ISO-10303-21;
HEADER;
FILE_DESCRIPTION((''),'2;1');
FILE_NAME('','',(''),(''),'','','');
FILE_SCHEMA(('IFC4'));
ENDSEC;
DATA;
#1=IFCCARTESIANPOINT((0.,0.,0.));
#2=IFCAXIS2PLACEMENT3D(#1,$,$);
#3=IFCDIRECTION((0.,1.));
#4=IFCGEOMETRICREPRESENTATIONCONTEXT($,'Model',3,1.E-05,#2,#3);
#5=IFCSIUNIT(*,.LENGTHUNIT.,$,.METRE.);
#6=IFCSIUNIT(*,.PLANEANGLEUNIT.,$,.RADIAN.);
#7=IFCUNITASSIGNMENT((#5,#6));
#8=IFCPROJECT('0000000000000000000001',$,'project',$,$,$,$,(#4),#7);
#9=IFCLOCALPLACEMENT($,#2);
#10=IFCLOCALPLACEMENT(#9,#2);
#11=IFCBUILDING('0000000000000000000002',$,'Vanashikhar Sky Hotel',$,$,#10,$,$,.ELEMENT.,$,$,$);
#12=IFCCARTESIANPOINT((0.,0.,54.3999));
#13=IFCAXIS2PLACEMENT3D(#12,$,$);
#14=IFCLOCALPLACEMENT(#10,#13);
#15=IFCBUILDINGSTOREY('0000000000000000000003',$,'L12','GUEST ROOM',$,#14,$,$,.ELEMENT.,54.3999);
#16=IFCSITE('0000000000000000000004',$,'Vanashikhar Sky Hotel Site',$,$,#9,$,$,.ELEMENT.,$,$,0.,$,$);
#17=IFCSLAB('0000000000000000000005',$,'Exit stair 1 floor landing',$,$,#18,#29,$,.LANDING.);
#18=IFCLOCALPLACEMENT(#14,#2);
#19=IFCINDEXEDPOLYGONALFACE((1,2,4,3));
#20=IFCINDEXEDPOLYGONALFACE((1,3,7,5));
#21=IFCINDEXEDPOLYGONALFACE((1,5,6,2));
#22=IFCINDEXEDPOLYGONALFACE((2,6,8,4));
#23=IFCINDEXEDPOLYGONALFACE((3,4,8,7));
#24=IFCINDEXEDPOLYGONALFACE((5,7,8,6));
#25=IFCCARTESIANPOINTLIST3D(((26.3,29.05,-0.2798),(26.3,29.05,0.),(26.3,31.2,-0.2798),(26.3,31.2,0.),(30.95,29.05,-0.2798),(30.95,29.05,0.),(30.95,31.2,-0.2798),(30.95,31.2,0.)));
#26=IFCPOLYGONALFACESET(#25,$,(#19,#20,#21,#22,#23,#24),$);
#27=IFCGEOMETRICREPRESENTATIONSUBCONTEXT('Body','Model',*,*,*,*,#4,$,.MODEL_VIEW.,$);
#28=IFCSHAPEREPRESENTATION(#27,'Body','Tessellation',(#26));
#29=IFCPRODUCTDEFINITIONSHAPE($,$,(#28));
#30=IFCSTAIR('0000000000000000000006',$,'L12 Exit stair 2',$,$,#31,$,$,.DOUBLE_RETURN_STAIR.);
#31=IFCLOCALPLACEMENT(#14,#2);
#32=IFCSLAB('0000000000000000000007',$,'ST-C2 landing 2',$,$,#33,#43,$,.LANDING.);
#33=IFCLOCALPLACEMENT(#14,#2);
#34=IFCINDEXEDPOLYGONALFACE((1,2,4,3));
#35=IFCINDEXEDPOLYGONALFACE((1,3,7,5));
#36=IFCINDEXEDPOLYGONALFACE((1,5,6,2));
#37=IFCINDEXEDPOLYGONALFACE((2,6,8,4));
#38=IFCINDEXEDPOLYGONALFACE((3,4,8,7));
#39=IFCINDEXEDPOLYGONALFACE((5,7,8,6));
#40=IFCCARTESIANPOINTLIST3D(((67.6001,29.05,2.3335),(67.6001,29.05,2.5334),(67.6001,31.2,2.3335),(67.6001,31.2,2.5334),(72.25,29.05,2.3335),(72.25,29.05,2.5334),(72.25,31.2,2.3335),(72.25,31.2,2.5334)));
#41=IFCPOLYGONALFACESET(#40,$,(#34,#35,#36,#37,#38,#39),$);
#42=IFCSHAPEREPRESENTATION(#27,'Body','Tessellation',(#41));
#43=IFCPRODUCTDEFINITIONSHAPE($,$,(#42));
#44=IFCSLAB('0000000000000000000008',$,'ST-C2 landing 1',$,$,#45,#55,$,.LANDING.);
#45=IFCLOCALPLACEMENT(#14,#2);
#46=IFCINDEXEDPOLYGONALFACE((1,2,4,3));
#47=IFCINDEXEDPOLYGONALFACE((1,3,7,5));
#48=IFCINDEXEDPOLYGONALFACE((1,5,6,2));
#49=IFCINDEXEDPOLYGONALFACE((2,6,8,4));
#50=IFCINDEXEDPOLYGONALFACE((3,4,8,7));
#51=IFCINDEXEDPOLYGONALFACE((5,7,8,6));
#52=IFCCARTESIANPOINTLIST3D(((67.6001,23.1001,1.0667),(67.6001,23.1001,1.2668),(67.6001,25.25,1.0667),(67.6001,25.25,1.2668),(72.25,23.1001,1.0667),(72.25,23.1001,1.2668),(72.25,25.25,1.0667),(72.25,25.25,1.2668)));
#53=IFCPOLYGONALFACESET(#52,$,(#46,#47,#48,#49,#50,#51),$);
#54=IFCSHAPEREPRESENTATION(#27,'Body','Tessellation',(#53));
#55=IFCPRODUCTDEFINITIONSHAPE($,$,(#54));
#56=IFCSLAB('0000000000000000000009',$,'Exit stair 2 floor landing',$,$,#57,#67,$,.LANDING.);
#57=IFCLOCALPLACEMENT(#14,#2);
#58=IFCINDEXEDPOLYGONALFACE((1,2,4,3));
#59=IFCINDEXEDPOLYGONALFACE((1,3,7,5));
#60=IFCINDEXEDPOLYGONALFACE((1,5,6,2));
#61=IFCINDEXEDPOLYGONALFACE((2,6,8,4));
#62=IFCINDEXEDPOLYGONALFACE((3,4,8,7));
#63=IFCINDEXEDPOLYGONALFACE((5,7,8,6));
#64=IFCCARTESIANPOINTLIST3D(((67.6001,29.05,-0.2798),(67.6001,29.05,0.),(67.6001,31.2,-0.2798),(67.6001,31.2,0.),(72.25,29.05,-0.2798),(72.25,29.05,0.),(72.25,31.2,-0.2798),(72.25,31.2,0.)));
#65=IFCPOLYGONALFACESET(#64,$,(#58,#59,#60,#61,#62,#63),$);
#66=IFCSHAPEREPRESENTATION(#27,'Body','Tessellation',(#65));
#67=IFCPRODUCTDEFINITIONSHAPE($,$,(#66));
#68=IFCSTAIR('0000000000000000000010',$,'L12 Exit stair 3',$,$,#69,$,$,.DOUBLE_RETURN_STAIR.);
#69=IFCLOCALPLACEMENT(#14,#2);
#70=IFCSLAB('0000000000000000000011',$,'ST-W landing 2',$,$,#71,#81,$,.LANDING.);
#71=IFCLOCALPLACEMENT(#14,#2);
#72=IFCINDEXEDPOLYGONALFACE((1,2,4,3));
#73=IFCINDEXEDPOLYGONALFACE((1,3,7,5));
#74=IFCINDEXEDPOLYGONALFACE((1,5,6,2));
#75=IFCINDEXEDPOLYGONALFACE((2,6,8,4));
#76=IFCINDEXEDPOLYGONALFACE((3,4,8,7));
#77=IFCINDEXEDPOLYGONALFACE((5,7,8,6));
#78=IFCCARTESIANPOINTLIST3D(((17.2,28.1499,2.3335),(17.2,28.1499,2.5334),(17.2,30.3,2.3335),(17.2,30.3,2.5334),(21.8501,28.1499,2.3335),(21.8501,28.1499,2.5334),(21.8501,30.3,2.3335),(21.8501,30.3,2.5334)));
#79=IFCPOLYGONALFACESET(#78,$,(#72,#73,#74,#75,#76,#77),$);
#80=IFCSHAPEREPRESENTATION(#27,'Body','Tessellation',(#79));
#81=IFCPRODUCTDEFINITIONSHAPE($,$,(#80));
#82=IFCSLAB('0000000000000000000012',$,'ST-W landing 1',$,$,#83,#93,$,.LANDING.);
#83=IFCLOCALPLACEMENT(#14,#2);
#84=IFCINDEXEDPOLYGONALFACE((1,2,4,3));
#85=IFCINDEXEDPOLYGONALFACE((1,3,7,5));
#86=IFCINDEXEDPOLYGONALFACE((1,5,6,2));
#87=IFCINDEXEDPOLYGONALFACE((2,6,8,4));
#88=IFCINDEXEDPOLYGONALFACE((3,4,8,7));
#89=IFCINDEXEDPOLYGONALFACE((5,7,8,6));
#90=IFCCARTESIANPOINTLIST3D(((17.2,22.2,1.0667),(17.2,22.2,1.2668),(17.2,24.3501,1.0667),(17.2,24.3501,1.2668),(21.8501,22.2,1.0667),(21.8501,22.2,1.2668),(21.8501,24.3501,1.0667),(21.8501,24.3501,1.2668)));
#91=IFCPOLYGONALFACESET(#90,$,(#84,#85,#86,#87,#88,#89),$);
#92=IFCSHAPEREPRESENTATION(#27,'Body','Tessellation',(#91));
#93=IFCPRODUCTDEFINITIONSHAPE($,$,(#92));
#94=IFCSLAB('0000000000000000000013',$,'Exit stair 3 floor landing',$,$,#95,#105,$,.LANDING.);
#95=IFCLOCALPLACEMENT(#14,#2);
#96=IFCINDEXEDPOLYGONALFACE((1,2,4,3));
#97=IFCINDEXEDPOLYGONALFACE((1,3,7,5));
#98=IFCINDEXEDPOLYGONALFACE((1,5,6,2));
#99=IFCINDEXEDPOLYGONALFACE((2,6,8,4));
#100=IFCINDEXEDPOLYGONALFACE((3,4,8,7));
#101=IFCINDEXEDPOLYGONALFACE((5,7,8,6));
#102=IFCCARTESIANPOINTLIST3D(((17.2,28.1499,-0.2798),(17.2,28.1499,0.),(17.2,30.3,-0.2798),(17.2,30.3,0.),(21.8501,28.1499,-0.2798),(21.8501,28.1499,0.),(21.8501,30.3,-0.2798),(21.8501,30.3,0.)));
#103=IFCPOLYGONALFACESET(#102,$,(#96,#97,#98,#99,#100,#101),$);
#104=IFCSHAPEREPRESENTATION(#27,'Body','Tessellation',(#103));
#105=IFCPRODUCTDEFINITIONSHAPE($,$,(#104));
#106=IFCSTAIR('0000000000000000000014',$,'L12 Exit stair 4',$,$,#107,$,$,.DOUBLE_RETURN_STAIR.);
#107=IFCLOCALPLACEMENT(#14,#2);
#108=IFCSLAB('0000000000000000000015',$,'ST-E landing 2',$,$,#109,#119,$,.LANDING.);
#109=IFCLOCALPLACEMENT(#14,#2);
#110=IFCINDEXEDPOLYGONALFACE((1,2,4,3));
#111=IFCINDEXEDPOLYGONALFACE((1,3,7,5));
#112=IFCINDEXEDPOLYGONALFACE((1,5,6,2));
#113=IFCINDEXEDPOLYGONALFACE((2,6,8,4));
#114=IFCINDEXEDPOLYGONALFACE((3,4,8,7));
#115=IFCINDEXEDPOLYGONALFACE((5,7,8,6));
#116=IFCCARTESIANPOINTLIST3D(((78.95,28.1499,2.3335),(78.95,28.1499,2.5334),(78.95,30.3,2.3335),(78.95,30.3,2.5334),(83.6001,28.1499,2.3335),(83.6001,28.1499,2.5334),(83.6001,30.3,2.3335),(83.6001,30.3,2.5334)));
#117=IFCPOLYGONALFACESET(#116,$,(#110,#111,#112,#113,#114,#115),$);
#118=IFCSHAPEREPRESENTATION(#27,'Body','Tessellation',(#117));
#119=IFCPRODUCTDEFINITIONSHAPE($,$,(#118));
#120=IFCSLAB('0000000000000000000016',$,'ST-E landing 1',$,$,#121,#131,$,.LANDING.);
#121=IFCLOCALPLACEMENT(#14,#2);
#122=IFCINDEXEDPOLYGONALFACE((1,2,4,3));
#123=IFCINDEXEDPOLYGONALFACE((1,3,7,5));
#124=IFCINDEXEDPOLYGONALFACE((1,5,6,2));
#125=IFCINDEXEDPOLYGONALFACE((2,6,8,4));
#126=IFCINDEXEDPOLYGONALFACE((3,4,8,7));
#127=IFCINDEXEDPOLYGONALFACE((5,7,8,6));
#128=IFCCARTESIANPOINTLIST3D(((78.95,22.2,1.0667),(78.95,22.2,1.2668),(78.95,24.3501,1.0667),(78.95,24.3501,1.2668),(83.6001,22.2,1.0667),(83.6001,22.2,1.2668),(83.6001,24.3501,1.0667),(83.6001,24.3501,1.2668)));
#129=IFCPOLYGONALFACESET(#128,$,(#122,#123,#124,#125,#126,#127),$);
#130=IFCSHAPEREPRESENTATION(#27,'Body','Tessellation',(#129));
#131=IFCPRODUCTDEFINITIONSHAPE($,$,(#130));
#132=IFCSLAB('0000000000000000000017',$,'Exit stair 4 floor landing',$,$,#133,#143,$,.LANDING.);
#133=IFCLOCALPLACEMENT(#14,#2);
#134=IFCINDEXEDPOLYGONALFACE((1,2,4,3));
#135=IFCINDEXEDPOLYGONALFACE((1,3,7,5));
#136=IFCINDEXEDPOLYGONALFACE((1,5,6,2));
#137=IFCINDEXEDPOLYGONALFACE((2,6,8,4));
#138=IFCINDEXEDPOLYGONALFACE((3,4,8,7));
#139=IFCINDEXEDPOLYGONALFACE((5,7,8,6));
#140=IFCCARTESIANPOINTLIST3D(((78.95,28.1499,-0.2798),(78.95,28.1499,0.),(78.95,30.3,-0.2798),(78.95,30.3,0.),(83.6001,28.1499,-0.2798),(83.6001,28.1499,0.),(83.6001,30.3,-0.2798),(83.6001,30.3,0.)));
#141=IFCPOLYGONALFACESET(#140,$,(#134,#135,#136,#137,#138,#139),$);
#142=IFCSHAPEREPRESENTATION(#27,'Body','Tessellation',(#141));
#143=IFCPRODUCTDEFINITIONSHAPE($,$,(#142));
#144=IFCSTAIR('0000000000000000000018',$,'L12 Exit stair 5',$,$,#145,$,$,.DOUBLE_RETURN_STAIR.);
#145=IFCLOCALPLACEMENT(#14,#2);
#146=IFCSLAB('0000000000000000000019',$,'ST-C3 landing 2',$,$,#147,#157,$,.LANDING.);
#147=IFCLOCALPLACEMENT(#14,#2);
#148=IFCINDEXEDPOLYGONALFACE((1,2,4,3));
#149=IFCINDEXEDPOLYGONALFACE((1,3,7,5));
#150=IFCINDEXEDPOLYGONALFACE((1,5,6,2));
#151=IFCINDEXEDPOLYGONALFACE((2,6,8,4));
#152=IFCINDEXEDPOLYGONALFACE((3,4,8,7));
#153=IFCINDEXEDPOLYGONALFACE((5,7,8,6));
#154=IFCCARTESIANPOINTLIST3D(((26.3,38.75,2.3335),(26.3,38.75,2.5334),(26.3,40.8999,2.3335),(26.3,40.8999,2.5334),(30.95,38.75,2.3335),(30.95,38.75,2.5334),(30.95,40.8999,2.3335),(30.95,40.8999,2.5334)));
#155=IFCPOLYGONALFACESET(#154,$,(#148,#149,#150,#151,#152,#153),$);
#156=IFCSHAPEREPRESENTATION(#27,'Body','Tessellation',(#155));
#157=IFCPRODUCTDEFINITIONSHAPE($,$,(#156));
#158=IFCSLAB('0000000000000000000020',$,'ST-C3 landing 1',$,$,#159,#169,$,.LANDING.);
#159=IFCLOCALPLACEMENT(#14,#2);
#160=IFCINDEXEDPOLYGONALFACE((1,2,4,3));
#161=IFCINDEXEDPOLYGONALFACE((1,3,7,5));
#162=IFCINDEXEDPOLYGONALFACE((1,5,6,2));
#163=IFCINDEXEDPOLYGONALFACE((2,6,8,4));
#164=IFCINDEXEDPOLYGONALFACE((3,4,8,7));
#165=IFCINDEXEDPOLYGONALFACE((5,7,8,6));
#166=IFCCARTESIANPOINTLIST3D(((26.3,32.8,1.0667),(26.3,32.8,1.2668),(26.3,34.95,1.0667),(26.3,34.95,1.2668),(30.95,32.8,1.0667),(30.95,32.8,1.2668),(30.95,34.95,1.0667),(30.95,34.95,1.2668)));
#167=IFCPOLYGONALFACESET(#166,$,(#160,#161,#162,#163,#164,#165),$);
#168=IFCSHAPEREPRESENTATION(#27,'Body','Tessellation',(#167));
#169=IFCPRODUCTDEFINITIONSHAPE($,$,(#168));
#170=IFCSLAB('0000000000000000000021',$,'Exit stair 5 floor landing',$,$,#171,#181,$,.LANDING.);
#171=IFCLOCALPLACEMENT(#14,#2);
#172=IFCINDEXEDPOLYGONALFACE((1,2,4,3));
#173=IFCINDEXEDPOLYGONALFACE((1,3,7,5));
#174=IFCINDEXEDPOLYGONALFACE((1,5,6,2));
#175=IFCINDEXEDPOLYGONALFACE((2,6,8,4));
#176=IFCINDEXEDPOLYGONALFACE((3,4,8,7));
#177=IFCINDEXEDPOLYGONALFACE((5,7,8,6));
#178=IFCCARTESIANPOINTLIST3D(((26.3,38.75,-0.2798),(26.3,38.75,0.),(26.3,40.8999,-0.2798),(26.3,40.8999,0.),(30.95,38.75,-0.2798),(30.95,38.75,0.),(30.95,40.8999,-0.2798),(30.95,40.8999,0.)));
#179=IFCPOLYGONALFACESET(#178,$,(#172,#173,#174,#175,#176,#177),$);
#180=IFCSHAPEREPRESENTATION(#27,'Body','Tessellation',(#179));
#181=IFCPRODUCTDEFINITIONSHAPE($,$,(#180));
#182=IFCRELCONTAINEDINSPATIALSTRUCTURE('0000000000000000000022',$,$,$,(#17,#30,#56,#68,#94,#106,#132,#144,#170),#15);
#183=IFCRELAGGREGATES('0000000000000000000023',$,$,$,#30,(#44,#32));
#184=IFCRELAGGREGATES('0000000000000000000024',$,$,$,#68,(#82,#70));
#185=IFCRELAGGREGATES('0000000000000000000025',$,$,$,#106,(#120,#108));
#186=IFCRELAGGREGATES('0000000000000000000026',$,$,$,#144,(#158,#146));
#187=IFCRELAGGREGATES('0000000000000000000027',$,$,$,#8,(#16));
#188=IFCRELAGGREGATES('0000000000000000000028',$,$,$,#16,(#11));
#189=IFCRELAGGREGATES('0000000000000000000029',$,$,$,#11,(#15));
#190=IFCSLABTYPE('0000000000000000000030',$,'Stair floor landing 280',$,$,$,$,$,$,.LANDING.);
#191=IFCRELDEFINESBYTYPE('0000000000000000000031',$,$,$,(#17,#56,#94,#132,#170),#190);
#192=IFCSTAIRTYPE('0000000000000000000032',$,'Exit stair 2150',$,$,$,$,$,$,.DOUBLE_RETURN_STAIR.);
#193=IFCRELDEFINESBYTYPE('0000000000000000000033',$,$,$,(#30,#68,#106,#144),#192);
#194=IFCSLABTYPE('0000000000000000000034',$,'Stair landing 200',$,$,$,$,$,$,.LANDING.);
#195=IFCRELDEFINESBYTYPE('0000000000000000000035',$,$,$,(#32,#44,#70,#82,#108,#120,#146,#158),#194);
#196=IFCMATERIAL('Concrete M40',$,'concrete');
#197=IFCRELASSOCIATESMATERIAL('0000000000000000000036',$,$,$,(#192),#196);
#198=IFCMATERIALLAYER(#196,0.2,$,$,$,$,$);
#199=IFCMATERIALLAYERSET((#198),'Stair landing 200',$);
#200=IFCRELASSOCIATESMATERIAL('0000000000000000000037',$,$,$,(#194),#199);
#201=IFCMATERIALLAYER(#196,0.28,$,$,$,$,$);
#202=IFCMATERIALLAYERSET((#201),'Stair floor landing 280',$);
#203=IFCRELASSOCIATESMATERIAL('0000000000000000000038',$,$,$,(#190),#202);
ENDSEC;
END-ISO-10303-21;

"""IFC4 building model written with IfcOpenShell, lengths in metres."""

from ifc_helpers import new_model, si_unit, direction, frame, origin, place, context, subcontext, project, spatial, polyline, outline, extrude, source, transform, mapped, material, layer, layer_set, type_object, element, aggregate, save


model = new_model("IFC4")

# Units and contexts
model_context = context("Model", 3, precision=1e-05, world=origin(), true_north=direction((0.0, 1.0)))
body_context = subcontext(model_context, "Body", "Model", "MODEL_VIEW")
ifc_project = project(units=[si_unit("LENGTHUNIT", "METRE"), si_unit("PLANEANGLEUNIT", "RADIAN")], contexts=[model_context])

# Site, building, storey
site_placement = place(None, origin())
site = spatial("IfcSite", under=ifc_project, at=site_placement, Name="Vanashikhar Sky Hotel Site", CompositionType="ELEMENT", RefElevation=0.0)
building_placement = place(site_placement, origin())
building = spatial("IfcBuilding", under=site, at=building_placement, Name="Vanashikhar Sky Hotel", CompositionType="ELEMENT")
storey_placement = place(building_placement, frame((0.0, 0.0, 54.3999)))
storey = spatial("IfcBuildingStorey", under=building, at=storey_placement, Name="L12", Description="GUEST ROOM", CompositionType="ELEMENT", Elevation=54.3999)

# Shared definitions
ifc_material_1 = material(Name="Concrete M40", Category="concrete")

# Shared definitions
stair_type = type_object("IfcStairType", Name="Exit stair 2150", PredefinedType="DOUBLE_RETURN_STAIR", material=ifc_material_1)
ifc_layer_1 = layer(ifc_material_1, 0.2)
ifc_layer_set_1 = layer_set([ifc_layer_1], Name="Stair landing 200")
slab_type_1 = type_object("IfcSlabType", Name="Stair landing 200", PredefinedType="LANDING", material=ifc_layer_set_1)

# Slab
ifc_layer_2 = layer(ifc_material_1, 0.28)
ifc_layer_set_2 = layer_set([ifc_layer_2], Name="Stair floor landing 280")
slab_type_2 = type_object("IfcSlabType", Name="Stair floor landing 280", PredefinedType="LANDING", material=ifc_layer_set_2)
shared_shape_1 = source(origin(), body_context, "Body", "SweptSolid", [
    extrude(outline(polyline([(30.95, 29.05), (30.95, 31.2), (26.3, 31.2), (26.3, 29.05), (30.95, 29.05)])), origin(), (0.0, 0.0, 1.0), 0.2798),
])
slab_1_placement = place(storey_placement, frame((0.0, 0.0, -0.2798)))
element("IfcSlab", 1, at=slab_1_placement, inside=storey, type_object=slab_type_2, Name="Exit stair 1 floor landing", PredefinedType="LANDING", context=body_context, shape_type="MappedRepresentation", body=[
    mapped(shared_shape_1, transform((0.0, 0.0, 0.0), scale=1.0)),
])

# Stair, slabs
stair_1_placement = place(storey_placement, origin())
stair_1 = element("IfcStair", 2, at=stair_1_placement, inside=storey, type_object=stair_type, Name="L12 Exit stair 2", PredefinedType="DOUBLE_RETURN_STAIR")
shared_shape_2 = source(origin(), body_context, "Body", "SweptSolid", [
    extrude(outline(polyline([(72.25, 29.05), (72.25, 31.2), (67.6001, 31.2), (67.6001, 29.05), (72.25, 29.05)])), origin(), (0.0, 0.0, 1.0), 0.2),
])
slab_2_placement = place(storey_placement, frame((0.0, 0.0, 2.3335)))
slab_2 = element("IfcSlab", 3, at=slab_2_placement, type_object=slab_type_1, Name="ST-C2 landing 2", PredefinedType="LANDING", context=body_context, shape_type="MappedRepresentation", body=[
    mapped(shared_shape_2, transform((0.0, 0.0, 0.0), scale=1.0)),
])
shared_shape_3 = source(origin(), body_context, "Body", "SweptSolid", [
    extrude(outline(polyline([(72.25, 23.1001), (72.25, 25.25), (67.6001, 25.25), (67.6001, 23.1001), (72.25, 23.1001)])), origin(), (0.0, 0.0, 1.0), 0.2002),
])
slab_3_placement = place(storey_placement, frame((0.0, 0.0, 1.0667)))
slab_3 = element("IfcSlab", 4, at=slab_3_placement, type_object=slab_type_1, Name="ST-C2 landing 1", PredefinedType="LANDING", context=body_context, shape_type="MappedRepresentation", body=[
    mapped(shared_shape_3, transform((0.0, 0.0, 0.0), scale=1.0)),
])
aggregate(stair_1, [slab_3, slab_2])

# Slab
shared_shape_4 = source(origin(), body_context, "Body", "SweptSolid", [
    extrude(outline(polyline([(72.25, 29.05), (72.25, 31.2), (67.6001, 31.2), (67.6001, 29.05), (72.25, 29.05)])), origin(), (0.0, 0.0, 1.0), 0.2798),
])
slab_4_placement = place(storey_placement, frame((0.0, 0.0, -0.2798)))
element("IfcSlab", 5, at=slab_4_placement, inside=storey, type_object=slab_type_2, Name="Exit stair 2 floor landing", PredefinedType="LANDING", context=body_context, shape_type="MappedRepresentation", body=[
    mapped(shared_shape_4, transform((0.0, 0.0, 0.0), scale=1.0)),
])

# Stair, slabs
stair_2_placement = place(storey_placement, origin())
stair_2 = element("IfcStair", 6, at=stair_2_placement, inside=storey, type_object=stair_type, Name="L12 Exit stair 3", PredefinedType="DOUBLE_RETURN_STAIR")
shared_shape_5 = source(origin(), body_context, "Body", "SweptSolid", [
    extrude(outline(polyline([(21.8501, 28.1499), (21.8501, 30.3), (17.2, 30.3), (17.2, 28.1499), (21.8501, 28.1499)])), origin(), (0.0, 0.0, 1.0), 0.2),
])
slab_5_placement = place(storey_placement, frame((0.0, 0.0, 2.3335)))
slab_5 = element("IfcSlab", 7, at=slab_5_placement, type_object=slab_type_1, Name="ST-W landing 2", PredefinedType="LANDING", context=body_context, shape_type="MappedRepresentation", body=[
    mapped(shared_shape_5, transform((0.0, 0.0, 0.0), scale=1.0)),
])
shared_shape_6 = source(origin(), body_context, "Body", "SweptSolid", [
    extrude(outline(polyline([(21.8501, 22.2), (21.8501, 24.3501), (17.2, 24.3501), (17.2, 22.2), (21.8501, 22.2)])), origin(), (0.0, 0.0, 1.0), 0.2002),
])
slab_6_placement = place(storey_placement, frame((0.0, 0.0, 1.0667)))
slab_6 = element("IfcSlab", 8, at=slab_6_placement, type_object=slab_type_1, Name="ST-W landing 1", PredefinedType="LANDING", context=body_context, shape_type="MappedRepresentation", body=[
    mapped(shared_shape_6, transform((0.0, 0.0, 0.0), scale=1.0)),
])
aggregate(stair_2, [slab_6, slab_5])

# Slab
shared_shape_7 = source(origin(), body_context, "Body", "SweptSolid", [
    extrude(outline(polyline([(21.8501, 28.1499), (21.8501, 30.3), (17.2, 30.3), (17.2, 28.1499), (21.8501, 28.1499)])), origin(), (0.0, 0.0, 1.0), 0.2798),
])
slab_7_placement = place(storey_placement, frame((0.0, 0.0, -0.2798)))
element("IfcSlab", 9, at=slab_7_placement, inside=storey, type_object=slab_type_2, Name="Exit stair 3 floor landing", PredefinedType="LANDING", context=body_context, shape_type="MappedRepresentation", body=[
    mapped(shared_shape_7, transform((0.0, 0.0, 0.0), scale=1.0)),
])

# Stair, slabs
stair_3_placement = place(storey_placement, origin())
stair_3 = element("IfcStair", 10, at=stair_3_placement, inside=storey, type_object=stair_type, Name="L12 Exit stair 4", PredefinedType="DOUBLE_RETURN_STAIR")
shared_shape_8 = source(origin(), body_context, "Body", "SweptSolid", [
    extrude(outline(polyline([(83.6001, 28.1499), (83.6001, 30.3), (78.95, 30.3), (78.95, 28.1499), (83.6001, 28.1499)])), origin(), (0.0, 0.0, 1.0), 0.2),
])
slab_8_placement = place(storey_placement, frame((0.0, 0.0, 2.3335)))
slab_8 = element("IfcSlab", 11, at=slab_8_placement, type_object=slab_type_1, Name="ST-E landing 2", PredefinedType="LANDING", context=body_context, shape_type="MappedRepresentation", body=[
    mapped(shared_shape_8, transform((0.0, 0.0, 0.0), scale=1.0)),
])
shared_shape_9 = source(origin(), body_context, "Body", "SweptSolid", [
    extrude(outline(polyline([(83.6001, 22.2), (83.6001, 24.3501), (78.95, 24.3501), (78.95, 22.2), (83.6001, 22.2)])), origin(), (0.0, 0.0, 1.0), 0.2002),
])
slab_9_placement = place(storey_placement, frame((0.0, 0.0, 1.0667)))
slab_9 = element("IfcSlab", 12, at=slab_9_placement, type_object=slab_type_1, Name="ST-E landing 1", PredefinedType="LANDING", context=body_context, shape_type="MappedRepresentation", body=[
    mapped(shared_shape_9, transform((0.0, 0.0, 0.0), scale=1.0)),
])
aggregate(stair_3, [slab_9, slab_8])

# Slab
shared_shape_10 = source(origin(), body_context, "Body", "SweptSolid", [
    extrude(outline(polyline([(83.6001, 28.1499), (83.6001, 30.3), (78.95, 30.3), (78.95, 28.1499), (83.6001, 28.1499)])), origin(), (0.0, 0.0, 1.0), 0.2798),
])
slab_10_placement = place(storey_placement, frame((0.0, 0.0, -0.2798)))
element("IfcSlab", 13, at=slab_10_placement, inside=storey, type_object=slab_type_2, Name="Exit stair 4 floor landing", PredefinedType="LANDING", context=body_context, shape_type="MappedRepresentation", body=[
    mapped(shared_shape_10, transform((0.0, 0.0, 0.0), scale=1.0)),
])

# Stair, slabs
stair_4_placement = place(storey_placement, origin())
stair_4 = element("IfcStair", 14, at=stair_4_placement, inside=storey, type_object=stair_type, Name="L12 Exit stair 5", PredefinedType="DOUBLE_RETURN_STAIR")
shared_shape_11 = source(origin(), body_context, "Body", "SweptSolid", [
    extrude(outline(polyline([(30.95, 38.75), (30.95, 40.8999), (26.3, 40.8999), (26.3, 38.75), (30.95, 38.75)])), origin(), (0.0, 0.0, 1.0), 0.2),
])
slab_11_placement = place(storey_placement, frame((0.0, 0.0, 2.3335)))
slab_11 = element("IfcSlab", 15, at=slab_11_placement, type_object=slab_type_1, Name="ST-C3 landing 2", PredefinedType="LANDING", context=body_context, shape_type="MappedRepresentation", body=[
    mapped(shared_shape_11, transform((0.0, 0.0, 0.0), scale=1.0)),
])
shared_shape_12 = source(origin(), body_context, "Body", "SweptSolid", [
    extrude(outline(polyline([(30.95, 32.8), (30.95, 34.95), (26.3, 34.95), (26.3, 32.8), (30.95, 32.8)])), origin(), (0.0, 0.0, 1.0), 0.2002),
])
slab_12_placement = place(storey_placement, frame((0.0, 0.0, 1.0667)))
slab_12 = element("IfcSlab", 16, at=slab_12_placement, type_object=slab_type_1, Name="ST-C3 landing 1", PredefinedType="LANDING", context=body_context, shape_type="MappedRepresentation", body=[
    mapped(shared_shape_12, transform((0.0, 0.0, 0.0), scale=1.0)),
])
aggregate(stair_4, [slab_12, slab_11])

# Slab
shared_shape_13 = source(origin(), body_context, "Body", "SweptSolid", [
    extrude(outline(polyline([(30.95, 38.75), (30.95, 40.8999), (26.3, 40.8999), (26.3, 38.75), (30.95, 38.75)])), origin(), (0.0, 0.0, 1.0), 0.2798),
])
slab_13_placement = place(storey_placement, frame((0.0, 0.0, -0.2798)))
element("IfcSlab", 17, at=slab_13_placement, inside=storey, type_object=slab_type_2, Name="Exit stair 5 floor landing", PredefinedType="LANDING", context=body_context, shape_type="MappedRepresentation", body=[
    mapped(shared_shape_13, transform((0.0, 0.0, 0.0), scale=1.0)),
])

save(model, "model.ifc")
